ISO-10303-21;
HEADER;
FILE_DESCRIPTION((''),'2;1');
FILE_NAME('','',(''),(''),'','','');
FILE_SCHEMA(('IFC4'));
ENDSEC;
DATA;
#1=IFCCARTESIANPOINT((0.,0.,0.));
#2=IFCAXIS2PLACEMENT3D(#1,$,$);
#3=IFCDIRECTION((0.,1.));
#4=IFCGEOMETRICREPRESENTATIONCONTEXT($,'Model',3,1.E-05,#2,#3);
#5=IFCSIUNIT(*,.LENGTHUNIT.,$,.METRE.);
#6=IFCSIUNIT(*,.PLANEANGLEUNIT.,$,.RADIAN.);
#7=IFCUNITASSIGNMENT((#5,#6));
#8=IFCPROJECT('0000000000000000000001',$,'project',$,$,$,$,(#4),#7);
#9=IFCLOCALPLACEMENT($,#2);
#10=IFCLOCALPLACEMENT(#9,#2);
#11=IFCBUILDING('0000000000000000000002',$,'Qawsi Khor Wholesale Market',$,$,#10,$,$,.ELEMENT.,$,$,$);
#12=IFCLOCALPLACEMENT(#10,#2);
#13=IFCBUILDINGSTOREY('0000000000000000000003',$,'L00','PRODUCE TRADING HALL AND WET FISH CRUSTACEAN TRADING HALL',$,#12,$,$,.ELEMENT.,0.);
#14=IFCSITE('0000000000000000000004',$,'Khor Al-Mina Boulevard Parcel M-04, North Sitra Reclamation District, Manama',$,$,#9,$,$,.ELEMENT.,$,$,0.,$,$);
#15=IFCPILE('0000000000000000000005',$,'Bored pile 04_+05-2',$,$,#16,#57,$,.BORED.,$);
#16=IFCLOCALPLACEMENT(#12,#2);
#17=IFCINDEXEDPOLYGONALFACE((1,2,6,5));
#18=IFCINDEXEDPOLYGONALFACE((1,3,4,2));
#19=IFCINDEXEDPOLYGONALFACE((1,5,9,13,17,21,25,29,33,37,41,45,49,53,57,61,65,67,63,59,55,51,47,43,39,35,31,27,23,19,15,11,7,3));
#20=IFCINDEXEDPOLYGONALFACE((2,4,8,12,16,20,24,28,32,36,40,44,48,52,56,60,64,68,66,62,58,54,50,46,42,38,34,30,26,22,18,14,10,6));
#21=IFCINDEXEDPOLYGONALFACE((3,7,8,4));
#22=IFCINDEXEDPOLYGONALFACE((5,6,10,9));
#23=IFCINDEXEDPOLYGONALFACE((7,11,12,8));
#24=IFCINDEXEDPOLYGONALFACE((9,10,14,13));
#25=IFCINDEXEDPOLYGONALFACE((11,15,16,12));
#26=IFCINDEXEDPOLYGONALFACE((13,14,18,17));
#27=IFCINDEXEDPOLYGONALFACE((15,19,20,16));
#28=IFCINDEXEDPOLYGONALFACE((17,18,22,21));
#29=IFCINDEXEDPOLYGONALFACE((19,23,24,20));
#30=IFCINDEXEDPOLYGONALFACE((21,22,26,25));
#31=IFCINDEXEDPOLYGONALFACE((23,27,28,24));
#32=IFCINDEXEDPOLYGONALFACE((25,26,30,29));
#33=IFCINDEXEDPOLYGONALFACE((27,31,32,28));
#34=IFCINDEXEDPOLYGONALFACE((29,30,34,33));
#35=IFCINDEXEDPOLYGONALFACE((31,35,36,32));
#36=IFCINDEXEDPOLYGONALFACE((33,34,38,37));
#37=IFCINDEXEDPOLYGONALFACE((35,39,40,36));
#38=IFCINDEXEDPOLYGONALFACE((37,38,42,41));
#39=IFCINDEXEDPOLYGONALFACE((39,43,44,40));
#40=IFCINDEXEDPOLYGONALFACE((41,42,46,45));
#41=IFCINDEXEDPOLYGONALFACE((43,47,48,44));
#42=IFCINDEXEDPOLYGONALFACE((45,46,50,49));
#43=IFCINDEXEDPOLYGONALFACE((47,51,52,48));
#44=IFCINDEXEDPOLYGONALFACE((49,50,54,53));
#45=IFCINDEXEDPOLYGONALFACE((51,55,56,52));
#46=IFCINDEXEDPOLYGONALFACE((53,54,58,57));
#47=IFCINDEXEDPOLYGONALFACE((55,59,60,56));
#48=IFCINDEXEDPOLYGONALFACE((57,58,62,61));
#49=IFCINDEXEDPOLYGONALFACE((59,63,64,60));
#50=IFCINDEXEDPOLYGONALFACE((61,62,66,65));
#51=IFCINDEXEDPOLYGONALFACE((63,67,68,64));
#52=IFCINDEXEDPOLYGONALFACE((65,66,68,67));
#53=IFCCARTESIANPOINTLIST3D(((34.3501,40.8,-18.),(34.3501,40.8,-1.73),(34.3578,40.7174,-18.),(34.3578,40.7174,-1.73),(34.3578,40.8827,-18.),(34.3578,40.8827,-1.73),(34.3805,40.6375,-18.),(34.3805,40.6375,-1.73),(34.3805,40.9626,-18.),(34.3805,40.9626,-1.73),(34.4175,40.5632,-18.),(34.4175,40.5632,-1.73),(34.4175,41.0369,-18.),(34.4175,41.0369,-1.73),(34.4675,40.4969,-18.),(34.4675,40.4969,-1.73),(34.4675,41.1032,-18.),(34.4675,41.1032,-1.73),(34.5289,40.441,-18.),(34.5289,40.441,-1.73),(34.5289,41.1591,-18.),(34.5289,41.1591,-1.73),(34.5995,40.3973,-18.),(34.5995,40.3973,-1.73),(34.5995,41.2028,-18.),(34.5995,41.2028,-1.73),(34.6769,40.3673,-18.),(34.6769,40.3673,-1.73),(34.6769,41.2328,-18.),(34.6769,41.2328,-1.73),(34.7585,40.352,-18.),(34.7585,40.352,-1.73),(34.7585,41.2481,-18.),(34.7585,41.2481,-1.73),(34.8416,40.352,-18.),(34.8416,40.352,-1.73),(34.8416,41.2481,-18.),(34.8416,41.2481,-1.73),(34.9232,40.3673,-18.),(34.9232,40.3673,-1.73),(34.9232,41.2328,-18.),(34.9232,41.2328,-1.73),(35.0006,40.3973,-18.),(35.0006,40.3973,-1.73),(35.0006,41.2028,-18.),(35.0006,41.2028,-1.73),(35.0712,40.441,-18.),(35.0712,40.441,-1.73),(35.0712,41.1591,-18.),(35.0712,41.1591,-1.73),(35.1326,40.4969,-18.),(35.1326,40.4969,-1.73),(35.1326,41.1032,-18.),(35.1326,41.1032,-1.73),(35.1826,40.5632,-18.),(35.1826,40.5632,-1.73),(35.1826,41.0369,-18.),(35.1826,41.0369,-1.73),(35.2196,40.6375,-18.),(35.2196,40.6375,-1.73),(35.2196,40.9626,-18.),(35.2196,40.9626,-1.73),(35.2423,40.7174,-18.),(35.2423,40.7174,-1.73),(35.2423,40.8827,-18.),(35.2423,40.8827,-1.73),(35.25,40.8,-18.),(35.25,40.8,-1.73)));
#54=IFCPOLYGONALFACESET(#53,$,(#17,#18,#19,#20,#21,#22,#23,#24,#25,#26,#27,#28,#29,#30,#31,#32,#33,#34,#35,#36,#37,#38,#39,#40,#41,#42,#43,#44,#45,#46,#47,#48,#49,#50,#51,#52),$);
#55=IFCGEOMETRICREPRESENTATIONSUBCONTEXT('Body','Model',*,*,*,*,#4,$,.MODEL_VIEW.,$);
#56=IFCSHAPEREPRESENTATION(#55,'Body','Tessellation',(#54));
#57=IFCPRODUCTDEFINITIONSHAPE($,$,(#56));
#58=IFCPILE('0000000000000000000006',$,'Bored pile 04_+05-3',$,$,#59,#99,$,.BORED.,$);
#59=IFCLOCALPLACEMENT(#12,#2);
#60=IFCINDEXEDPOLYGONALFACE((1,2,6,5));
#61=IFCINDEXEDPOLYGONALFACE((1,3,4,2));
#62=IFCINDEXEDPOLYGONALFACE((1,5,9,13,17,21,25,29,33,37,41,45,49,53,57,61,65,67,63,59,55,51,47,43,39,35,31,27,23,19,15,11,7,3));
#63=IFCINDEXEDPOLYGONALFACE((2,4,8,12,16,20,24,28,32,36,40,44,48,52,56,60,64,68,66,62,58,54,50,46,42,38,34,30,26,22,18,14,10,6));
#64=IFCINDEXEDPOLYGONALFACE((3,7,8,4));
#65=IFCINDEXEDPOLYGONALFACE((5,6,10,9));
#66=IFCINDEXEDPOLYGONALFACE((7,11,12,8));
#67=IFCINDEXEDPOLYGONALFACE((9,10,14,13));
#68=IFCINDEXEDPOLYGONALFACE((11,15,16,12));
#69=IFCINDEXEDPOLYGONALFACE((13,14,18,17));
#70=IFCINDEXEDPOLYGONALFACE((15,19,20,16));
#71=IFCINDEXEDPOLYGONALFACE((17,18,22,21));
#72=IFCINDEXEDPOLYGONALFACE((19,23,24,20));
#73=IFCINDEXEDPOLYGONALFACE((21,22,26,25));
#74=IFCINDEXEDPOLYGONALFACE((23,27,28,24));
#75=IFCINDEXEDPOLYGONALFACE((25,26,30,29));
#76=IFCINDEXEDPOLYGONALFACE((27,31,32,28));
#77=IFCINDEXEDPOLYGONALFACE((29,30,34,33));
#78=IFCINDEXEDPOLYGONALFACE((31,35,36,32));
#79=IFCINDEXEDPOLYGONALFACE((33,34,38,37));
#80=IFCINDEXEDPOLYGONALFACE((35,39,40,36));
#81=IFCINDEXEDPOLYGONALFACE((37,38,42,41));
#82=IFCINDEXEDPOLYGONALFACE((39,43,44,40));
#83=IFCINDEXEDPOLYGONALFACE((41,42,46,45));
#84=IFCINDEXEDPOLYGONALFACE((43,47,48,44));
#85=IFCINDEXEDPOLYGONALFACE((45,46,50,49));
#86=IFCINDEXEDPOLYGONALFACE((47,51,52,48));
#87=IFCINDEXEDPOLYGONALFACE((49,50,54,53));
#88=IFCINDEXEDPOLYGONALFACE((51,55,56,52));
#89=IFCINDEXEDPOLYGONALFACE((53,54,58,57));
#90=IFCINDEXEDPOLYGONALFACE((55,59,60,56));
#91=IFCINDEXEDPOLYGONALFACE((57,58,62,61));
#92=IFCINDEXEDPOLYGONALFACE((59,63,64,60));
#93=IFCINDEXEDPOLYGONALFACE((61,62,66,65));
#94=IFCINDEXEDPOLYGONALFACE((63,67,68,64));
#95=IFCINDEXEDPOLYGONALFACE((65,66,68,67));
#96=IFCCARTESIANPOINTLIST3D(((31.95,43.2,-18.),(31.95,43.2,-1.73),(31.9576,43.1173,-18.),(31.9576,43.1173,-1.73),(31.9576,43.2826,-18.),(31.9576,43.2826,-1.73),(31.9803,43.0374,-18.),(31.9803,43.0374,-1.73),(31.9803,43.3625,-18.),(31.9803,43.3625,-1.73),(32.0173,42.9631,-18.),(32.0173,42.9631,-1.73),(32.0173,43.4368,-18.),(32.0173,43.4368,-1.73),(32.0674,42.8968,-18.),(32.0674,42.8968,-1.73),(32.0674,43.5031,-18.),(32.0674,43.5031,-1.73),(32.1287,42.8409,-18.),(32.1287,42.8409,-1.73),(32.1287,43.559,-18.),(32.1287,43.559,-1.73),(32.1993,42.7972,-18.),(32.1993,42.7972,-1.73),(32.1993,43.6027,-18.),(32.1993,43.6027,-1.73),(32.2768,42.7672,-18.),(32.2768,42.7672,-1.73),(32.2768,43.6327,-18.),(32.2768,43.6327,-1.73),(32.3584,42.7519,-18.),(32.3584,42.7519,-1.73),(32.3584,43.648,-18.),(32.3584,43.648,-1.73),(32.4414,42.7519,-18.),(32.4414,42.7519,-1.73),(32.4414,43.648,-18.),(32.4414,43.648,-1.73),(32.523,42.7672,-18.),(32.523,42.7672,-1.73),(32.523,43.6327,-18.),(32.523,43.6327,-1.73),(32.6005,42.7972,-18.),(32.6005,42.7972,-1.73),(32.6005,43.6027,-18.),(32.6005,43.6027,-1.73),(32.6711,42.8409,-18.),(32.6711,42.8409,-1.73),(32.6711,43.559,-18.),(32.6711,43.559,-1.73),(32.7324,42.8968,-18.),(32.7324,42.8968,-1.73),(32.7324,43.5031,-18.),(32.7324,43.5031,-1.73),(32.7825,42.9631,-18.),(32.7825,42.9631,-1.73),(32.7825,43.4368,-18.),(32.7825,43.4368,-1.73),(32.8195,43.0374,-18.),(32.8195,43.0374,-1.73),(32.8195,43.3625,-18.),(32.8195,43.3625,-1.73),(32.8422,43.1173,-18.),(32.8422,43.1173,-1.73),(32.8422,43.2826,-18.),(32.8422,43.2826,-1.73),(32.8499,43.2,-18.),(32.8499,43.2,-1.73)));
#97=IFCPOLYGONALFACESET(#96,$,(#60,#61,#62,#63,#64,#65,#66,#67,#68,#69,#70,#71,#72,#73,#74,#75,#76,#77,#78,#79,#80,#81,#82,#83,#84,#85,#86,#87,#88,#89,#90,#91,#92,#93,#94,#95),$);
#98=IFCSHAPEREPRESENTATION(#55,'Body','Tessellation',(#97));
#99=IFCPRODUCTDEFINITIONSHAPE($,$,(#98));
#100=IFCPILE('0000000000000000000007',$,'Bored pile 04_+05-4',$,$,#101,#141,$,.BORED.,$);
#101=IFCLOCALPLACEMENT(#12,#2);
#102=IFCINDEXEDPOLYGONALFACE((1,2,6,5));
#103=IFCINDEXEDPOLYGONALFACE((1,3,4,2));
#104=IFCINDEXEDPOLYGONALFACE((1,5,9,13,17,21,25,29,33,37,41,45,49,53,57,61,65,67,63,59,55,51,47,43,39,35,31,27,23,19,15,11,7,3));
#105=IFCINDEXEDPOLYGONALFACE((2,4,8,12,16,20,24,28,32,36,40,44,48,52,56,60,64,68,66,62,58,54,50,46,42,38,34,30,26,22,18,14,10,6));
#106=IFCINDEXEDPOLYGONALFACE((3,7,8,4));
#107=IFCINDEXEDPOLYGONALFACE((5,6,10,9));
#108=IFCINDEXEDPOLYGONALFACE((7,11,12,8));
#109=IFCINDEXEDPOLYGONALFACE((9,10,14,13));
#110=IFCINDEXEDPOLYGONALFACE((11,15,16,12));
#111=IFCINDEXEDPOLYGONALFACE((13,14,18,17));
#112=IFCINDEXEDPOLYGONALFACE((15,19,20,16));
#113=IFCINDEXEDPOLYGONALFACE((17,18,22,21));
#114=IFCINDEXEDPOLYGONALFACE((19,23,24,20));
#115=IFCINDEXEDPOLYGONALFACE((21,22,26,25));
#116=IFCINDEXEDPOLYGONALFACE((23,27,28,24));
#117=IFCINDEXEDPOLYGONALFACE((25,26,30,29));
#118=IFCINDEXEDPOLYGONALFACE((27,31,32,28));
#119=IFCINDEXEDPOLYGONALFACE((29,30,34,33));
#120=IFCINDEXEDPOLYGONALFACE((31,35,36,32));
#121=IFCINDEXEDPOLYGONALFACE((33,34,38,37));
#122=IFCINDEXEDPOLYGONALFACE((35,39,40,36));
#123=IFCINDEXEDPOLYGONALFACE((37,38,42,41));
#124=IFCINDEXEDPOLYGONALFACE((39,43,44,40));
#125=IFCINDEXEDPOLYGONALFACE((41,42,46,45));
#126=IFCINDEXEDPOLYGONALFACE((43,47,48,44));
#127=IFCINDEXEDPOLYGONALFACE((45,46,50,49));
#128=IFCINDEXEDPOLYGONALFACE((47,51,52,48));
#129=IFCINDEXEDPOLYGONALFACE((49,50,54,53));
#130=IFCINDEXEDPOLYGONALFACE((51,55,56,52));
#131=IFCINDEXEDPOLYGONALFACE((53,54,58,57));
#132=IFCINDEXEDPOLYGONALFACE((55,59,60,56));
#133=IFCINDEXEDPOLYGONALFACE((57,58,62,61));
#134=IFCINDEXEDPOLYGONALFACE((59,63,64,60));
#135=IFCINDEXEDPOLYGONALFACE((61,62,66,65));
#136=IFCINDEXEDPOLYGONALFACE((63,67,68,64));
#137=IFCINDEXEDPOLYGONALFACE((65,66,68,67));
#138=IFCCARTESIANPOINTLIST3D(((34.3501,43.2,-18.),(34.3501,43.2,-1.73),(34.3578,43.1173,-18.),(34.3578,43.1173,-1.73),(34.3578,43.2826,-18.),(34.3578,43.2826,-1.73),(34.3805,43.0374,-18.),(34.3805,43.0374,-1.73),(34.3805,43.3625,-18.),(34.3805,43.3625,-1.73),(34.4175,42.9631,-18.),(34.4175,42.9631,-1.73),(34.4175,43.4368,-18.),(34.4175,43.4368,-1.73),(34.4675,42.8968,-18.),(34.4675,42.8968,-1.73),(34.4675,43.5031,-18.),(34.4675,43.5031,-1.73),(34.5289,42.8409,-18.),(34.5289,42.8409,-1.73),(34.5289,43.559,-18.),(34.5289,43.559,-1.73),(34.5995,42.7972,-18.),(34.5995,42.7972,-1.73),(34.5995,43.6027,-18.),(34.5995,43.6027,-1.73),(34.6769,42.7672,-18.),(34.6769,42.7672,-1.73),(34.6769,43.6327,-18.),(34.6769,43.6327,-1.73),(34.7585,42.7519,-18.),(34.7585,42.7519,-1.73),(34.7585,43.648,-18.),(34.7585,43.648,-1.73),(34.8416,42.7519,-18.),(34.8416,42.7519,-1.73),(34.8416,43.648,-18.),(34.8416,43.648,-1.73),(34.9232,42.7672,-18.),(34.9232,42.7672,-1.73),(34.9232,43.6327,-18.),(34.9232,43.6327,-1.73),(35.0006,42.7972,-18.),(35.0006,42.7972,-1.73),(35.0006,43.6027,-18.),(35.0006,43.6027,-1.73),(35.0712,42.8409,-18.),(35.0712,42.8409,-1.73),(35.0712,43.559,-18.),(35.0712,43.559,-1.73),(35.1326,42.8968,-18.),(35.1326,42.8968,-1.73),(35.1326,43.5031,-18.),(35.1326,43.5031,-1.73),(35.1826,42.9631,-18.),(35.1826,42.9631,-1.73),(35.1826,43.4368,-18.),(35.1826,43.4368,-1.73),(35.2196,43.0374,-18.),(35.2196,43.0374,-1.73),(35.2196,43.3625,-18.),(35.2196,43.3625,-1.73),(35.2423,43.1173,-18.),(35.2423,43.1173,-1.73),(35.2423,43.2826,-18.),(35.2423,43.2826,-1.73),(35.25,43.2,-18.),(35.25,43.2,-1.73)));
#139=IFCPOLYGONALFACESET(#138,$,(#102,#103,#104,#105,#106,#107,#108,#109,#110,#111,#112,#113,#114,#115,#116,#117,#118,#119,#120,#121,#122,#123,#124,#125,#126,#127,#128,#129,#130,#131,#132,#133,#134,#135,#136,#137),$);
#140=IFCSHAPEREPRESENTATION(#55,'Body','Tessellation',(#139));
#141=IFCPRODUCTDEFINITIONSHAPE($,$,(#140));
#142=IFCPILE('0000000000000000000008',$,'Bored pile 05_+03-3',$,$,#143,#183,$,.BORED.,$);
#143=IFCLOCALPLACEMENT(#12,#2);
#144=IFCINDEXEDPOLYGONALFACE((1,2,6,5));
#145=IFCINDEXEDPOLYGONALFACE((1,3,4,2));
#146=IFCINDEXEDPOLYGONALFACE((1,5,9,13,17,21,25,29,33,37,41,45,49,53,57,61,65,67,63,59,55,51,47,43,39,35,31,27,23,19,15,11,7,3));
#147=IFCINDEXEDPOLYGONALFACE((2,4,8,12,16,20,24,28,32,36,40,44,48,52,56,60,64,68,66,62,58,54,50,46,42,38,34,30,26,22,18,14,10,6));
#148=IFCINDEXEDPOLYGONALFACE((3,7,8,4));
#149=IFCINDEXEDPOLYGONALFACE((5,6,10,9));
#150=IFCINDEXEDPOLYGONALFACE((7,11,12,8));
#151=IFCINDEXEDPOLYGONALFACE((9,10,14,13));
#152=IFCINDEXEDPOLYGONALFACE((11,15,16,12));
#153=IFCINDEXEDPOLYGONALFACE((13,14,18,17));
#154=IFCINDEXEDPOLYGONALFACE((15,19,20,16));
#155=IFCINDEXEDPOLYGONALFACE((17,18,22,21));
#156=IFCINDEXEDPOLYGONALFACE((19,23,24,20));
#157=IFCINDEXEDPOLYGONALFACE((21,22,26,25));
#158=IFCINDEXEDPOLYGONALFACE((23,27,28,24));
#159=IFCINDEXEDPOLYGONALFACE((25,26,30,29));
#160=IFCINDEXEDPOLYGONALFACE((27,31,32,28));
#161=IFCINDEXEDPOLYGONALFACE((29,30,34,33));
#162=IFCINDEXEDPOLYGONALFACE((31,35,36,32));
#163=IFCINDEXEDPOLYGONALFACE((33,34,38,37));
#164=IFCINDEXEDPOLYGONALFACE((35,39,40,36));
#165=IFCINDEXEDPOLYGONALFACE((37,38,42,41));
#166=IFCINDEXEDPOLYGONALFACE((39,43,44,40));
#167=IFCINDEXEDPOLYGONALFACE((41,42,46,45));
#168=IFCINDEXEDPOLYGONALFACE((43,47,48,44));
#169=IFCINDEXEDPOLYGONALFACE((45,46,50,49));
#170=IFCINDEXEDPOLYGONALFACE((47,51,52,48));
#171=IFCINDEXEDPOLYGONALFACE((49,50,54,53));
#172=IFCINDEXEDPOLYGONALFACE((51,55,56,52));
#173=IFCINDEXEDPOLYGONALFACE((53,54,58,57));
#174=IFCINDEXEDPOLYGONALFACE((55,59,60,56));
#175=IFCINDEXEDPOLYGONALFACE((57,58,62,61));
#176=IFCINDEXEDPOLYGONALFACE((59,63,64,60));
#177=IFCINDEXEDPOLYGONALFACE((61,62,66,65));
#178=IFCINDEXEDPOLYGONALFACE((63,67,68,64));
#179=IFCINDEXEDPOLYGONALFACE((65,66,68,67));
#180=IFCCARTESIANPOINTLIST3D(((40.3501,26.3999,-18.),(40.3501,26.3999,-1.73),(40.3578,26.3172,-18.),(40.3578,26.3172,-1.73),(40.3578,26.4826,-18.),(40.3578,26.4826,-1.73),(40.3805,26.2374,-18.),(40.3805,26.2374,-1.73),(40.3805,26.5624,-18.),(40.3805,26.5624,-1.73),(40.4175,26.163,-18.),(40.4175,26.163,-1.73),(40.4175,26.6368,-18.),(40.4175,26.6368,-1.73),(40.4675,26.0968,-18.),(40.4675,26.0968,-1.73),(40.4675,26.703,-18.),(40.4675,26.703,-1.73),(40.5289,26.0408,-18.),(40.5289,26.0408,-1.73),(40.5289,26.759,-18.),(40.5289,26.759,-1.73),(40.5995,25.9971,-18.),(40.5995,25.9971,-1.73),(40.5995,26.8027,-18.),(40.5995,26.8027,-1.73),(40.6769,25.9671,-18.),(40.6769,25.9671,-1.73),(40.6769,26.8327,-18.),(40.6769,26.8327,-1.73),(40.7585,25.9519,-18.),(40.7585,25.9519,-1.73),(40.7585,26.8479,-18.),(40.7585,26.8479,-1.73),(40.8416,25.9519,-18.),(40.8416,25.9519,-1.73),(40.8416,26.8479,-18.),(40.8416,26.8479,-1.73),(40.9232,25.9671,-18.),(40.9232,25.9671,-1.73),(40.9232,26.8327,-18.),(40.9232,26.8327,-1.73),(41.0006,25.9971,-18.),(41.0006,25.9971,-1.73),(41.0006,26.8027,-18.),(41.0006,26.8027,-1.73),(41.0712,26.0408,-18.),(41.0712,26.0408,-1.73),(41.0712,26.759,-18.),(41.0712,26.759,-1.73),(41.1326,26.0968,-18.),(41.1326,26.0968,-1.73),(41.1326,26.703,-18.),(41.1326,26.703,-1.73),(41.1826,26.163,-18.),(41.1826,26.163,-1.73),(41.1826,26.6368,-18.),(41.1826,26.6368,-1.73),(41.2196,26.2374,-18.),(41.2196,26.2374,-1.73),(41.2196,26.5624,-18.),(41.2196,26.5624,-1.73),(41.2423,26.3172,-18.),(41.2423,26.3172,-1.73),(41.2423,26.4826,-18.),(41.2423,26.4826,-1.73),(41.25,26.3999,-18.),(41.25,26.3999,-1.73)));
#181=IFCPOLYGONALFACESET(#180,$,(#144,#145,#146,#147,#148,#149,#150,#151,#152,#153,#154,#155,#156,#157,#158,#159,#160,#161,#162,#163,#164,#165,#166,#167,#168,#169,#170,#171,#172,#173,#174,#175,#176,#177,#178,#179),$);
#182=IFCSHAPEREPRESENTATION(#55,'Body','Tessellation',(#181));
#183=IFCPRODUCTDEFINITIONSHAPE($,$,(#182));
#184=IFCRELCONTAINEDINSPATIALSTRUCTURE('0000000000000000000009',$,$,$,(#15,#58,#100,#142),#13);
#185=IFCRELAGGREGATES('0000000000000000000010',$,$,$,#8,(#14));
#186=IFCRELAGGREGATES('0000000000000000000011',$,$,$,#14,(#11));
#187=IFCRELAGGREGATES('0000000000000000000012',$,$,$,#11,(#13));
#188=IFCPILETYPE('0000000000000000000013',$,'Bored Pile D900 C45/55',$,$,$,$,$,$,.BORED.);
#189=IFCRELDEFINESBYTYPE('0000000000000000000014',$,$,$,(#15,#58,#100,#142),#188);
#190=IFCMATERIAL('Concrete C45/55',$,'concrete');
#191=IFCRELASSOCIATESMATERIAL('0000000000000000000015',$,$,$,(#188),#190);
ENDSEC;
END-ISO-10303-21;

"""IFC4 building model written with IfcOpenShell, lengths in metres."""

from ifc_helpers import new_model, si_unit, direction, frame, origin, origin_2d, place, context, subcontext, project, spatial, circle, extrude, material, material_profile, profile_set, type_object, element, save


model = new_model("IFC4")

# Units and contexts
model_context = context("Model", 3, precision=1e-05, world=origin(), true_north=direction((0.0, 1.0)))
body_context = subcontext(model_context, "Body", "Model", "MODEL_VIEW")
ifc_project = project(units=[si_unit("LENGTHUNIT", "METRE"), si_unit("PLANEANGLEUNIT", "RADIAN")], contexts=[model_context])

# Site, building, storey
site_placement = place(None, origin())
site = spatial("IfcSite", under=ifc_project, at=site_placement, Name="Khor Al-Mina Boulevard Parcel M-04, North Sitra Reclamation District, Manama", CompositionType="ELEMENT", RefElevation=0.0)
building_placement = place(site_placement, origin())
building = spatial("IfcBuilding", under=site, at=building_placement, Name="Qawsi Khor Wholesale Market", CompositionType="ELEMENT")
storey_placement = place(building_placement, origin())
storey = spatial("IfcBuildingStorey", under=building, at=storey_placement, Name="L00", Description="PRODUCE TRADING HALL AND WET FISH CRUSTACEAN TRADING HALL", CompositionType="ELEMENT", Elevation=0.0)

# Piles
ifc_material_1 = material(Name="Concrete C45/55", Category="concrete")
ifc_material_profile_1 = material_profile(ifc_material_1, circle(Radius=0.45, at=origin_2d()), Name="PILE D900")
ifc_profile_set_1 = profile_set([ifc_material_profile_1], Name="Concrete C45/55")
pile_type_1 = type_object("IfcPileType", Name="Bored Pile D900 C45/55", PredefinedType="BORED", material=ifc_profile_set_1)
for number, where, z_axis, x_axis, name in (
    (1, (34.8, 40.8, -1.73), (0.0, 0.0, -1.0), (1.0, 0.0, 0.0), "Bored pile 04_+05-2"),
    (2, (32.3999, 43.2, -1.73), (0.0, 0.0, -1.0), (1.0, 0.0, 0.0), "Bored pile 04_+05-3"),
    (3, (34.8, 43.2, -1.73), (0.0, 0.0, -1.0), (1.0, 0.0, 0.0), "Bored pile 04_+05-4"),
    (4, (40.8, 26.3999, -1.73), (0.0, 0.0, -1.0), (1.0, 0.0, 0.0), "Bored pile 05_+03-3"),
):
    element("IfcPile", number, at=place(storey_placement, frame(where, z_axis=z_axis, x_axis=x_axis)), inside=storey, type_object=pile_type_1, Name=name, PredefinedType="BORED", context=body_context, shape_type="SweptSolid", body=[
        extrude(circle(Radius=0.45, at=origin_2d()), origin(), (0.0, 0.0, 1.0), 16.27),
    ])

save(model, "model.ifc")
